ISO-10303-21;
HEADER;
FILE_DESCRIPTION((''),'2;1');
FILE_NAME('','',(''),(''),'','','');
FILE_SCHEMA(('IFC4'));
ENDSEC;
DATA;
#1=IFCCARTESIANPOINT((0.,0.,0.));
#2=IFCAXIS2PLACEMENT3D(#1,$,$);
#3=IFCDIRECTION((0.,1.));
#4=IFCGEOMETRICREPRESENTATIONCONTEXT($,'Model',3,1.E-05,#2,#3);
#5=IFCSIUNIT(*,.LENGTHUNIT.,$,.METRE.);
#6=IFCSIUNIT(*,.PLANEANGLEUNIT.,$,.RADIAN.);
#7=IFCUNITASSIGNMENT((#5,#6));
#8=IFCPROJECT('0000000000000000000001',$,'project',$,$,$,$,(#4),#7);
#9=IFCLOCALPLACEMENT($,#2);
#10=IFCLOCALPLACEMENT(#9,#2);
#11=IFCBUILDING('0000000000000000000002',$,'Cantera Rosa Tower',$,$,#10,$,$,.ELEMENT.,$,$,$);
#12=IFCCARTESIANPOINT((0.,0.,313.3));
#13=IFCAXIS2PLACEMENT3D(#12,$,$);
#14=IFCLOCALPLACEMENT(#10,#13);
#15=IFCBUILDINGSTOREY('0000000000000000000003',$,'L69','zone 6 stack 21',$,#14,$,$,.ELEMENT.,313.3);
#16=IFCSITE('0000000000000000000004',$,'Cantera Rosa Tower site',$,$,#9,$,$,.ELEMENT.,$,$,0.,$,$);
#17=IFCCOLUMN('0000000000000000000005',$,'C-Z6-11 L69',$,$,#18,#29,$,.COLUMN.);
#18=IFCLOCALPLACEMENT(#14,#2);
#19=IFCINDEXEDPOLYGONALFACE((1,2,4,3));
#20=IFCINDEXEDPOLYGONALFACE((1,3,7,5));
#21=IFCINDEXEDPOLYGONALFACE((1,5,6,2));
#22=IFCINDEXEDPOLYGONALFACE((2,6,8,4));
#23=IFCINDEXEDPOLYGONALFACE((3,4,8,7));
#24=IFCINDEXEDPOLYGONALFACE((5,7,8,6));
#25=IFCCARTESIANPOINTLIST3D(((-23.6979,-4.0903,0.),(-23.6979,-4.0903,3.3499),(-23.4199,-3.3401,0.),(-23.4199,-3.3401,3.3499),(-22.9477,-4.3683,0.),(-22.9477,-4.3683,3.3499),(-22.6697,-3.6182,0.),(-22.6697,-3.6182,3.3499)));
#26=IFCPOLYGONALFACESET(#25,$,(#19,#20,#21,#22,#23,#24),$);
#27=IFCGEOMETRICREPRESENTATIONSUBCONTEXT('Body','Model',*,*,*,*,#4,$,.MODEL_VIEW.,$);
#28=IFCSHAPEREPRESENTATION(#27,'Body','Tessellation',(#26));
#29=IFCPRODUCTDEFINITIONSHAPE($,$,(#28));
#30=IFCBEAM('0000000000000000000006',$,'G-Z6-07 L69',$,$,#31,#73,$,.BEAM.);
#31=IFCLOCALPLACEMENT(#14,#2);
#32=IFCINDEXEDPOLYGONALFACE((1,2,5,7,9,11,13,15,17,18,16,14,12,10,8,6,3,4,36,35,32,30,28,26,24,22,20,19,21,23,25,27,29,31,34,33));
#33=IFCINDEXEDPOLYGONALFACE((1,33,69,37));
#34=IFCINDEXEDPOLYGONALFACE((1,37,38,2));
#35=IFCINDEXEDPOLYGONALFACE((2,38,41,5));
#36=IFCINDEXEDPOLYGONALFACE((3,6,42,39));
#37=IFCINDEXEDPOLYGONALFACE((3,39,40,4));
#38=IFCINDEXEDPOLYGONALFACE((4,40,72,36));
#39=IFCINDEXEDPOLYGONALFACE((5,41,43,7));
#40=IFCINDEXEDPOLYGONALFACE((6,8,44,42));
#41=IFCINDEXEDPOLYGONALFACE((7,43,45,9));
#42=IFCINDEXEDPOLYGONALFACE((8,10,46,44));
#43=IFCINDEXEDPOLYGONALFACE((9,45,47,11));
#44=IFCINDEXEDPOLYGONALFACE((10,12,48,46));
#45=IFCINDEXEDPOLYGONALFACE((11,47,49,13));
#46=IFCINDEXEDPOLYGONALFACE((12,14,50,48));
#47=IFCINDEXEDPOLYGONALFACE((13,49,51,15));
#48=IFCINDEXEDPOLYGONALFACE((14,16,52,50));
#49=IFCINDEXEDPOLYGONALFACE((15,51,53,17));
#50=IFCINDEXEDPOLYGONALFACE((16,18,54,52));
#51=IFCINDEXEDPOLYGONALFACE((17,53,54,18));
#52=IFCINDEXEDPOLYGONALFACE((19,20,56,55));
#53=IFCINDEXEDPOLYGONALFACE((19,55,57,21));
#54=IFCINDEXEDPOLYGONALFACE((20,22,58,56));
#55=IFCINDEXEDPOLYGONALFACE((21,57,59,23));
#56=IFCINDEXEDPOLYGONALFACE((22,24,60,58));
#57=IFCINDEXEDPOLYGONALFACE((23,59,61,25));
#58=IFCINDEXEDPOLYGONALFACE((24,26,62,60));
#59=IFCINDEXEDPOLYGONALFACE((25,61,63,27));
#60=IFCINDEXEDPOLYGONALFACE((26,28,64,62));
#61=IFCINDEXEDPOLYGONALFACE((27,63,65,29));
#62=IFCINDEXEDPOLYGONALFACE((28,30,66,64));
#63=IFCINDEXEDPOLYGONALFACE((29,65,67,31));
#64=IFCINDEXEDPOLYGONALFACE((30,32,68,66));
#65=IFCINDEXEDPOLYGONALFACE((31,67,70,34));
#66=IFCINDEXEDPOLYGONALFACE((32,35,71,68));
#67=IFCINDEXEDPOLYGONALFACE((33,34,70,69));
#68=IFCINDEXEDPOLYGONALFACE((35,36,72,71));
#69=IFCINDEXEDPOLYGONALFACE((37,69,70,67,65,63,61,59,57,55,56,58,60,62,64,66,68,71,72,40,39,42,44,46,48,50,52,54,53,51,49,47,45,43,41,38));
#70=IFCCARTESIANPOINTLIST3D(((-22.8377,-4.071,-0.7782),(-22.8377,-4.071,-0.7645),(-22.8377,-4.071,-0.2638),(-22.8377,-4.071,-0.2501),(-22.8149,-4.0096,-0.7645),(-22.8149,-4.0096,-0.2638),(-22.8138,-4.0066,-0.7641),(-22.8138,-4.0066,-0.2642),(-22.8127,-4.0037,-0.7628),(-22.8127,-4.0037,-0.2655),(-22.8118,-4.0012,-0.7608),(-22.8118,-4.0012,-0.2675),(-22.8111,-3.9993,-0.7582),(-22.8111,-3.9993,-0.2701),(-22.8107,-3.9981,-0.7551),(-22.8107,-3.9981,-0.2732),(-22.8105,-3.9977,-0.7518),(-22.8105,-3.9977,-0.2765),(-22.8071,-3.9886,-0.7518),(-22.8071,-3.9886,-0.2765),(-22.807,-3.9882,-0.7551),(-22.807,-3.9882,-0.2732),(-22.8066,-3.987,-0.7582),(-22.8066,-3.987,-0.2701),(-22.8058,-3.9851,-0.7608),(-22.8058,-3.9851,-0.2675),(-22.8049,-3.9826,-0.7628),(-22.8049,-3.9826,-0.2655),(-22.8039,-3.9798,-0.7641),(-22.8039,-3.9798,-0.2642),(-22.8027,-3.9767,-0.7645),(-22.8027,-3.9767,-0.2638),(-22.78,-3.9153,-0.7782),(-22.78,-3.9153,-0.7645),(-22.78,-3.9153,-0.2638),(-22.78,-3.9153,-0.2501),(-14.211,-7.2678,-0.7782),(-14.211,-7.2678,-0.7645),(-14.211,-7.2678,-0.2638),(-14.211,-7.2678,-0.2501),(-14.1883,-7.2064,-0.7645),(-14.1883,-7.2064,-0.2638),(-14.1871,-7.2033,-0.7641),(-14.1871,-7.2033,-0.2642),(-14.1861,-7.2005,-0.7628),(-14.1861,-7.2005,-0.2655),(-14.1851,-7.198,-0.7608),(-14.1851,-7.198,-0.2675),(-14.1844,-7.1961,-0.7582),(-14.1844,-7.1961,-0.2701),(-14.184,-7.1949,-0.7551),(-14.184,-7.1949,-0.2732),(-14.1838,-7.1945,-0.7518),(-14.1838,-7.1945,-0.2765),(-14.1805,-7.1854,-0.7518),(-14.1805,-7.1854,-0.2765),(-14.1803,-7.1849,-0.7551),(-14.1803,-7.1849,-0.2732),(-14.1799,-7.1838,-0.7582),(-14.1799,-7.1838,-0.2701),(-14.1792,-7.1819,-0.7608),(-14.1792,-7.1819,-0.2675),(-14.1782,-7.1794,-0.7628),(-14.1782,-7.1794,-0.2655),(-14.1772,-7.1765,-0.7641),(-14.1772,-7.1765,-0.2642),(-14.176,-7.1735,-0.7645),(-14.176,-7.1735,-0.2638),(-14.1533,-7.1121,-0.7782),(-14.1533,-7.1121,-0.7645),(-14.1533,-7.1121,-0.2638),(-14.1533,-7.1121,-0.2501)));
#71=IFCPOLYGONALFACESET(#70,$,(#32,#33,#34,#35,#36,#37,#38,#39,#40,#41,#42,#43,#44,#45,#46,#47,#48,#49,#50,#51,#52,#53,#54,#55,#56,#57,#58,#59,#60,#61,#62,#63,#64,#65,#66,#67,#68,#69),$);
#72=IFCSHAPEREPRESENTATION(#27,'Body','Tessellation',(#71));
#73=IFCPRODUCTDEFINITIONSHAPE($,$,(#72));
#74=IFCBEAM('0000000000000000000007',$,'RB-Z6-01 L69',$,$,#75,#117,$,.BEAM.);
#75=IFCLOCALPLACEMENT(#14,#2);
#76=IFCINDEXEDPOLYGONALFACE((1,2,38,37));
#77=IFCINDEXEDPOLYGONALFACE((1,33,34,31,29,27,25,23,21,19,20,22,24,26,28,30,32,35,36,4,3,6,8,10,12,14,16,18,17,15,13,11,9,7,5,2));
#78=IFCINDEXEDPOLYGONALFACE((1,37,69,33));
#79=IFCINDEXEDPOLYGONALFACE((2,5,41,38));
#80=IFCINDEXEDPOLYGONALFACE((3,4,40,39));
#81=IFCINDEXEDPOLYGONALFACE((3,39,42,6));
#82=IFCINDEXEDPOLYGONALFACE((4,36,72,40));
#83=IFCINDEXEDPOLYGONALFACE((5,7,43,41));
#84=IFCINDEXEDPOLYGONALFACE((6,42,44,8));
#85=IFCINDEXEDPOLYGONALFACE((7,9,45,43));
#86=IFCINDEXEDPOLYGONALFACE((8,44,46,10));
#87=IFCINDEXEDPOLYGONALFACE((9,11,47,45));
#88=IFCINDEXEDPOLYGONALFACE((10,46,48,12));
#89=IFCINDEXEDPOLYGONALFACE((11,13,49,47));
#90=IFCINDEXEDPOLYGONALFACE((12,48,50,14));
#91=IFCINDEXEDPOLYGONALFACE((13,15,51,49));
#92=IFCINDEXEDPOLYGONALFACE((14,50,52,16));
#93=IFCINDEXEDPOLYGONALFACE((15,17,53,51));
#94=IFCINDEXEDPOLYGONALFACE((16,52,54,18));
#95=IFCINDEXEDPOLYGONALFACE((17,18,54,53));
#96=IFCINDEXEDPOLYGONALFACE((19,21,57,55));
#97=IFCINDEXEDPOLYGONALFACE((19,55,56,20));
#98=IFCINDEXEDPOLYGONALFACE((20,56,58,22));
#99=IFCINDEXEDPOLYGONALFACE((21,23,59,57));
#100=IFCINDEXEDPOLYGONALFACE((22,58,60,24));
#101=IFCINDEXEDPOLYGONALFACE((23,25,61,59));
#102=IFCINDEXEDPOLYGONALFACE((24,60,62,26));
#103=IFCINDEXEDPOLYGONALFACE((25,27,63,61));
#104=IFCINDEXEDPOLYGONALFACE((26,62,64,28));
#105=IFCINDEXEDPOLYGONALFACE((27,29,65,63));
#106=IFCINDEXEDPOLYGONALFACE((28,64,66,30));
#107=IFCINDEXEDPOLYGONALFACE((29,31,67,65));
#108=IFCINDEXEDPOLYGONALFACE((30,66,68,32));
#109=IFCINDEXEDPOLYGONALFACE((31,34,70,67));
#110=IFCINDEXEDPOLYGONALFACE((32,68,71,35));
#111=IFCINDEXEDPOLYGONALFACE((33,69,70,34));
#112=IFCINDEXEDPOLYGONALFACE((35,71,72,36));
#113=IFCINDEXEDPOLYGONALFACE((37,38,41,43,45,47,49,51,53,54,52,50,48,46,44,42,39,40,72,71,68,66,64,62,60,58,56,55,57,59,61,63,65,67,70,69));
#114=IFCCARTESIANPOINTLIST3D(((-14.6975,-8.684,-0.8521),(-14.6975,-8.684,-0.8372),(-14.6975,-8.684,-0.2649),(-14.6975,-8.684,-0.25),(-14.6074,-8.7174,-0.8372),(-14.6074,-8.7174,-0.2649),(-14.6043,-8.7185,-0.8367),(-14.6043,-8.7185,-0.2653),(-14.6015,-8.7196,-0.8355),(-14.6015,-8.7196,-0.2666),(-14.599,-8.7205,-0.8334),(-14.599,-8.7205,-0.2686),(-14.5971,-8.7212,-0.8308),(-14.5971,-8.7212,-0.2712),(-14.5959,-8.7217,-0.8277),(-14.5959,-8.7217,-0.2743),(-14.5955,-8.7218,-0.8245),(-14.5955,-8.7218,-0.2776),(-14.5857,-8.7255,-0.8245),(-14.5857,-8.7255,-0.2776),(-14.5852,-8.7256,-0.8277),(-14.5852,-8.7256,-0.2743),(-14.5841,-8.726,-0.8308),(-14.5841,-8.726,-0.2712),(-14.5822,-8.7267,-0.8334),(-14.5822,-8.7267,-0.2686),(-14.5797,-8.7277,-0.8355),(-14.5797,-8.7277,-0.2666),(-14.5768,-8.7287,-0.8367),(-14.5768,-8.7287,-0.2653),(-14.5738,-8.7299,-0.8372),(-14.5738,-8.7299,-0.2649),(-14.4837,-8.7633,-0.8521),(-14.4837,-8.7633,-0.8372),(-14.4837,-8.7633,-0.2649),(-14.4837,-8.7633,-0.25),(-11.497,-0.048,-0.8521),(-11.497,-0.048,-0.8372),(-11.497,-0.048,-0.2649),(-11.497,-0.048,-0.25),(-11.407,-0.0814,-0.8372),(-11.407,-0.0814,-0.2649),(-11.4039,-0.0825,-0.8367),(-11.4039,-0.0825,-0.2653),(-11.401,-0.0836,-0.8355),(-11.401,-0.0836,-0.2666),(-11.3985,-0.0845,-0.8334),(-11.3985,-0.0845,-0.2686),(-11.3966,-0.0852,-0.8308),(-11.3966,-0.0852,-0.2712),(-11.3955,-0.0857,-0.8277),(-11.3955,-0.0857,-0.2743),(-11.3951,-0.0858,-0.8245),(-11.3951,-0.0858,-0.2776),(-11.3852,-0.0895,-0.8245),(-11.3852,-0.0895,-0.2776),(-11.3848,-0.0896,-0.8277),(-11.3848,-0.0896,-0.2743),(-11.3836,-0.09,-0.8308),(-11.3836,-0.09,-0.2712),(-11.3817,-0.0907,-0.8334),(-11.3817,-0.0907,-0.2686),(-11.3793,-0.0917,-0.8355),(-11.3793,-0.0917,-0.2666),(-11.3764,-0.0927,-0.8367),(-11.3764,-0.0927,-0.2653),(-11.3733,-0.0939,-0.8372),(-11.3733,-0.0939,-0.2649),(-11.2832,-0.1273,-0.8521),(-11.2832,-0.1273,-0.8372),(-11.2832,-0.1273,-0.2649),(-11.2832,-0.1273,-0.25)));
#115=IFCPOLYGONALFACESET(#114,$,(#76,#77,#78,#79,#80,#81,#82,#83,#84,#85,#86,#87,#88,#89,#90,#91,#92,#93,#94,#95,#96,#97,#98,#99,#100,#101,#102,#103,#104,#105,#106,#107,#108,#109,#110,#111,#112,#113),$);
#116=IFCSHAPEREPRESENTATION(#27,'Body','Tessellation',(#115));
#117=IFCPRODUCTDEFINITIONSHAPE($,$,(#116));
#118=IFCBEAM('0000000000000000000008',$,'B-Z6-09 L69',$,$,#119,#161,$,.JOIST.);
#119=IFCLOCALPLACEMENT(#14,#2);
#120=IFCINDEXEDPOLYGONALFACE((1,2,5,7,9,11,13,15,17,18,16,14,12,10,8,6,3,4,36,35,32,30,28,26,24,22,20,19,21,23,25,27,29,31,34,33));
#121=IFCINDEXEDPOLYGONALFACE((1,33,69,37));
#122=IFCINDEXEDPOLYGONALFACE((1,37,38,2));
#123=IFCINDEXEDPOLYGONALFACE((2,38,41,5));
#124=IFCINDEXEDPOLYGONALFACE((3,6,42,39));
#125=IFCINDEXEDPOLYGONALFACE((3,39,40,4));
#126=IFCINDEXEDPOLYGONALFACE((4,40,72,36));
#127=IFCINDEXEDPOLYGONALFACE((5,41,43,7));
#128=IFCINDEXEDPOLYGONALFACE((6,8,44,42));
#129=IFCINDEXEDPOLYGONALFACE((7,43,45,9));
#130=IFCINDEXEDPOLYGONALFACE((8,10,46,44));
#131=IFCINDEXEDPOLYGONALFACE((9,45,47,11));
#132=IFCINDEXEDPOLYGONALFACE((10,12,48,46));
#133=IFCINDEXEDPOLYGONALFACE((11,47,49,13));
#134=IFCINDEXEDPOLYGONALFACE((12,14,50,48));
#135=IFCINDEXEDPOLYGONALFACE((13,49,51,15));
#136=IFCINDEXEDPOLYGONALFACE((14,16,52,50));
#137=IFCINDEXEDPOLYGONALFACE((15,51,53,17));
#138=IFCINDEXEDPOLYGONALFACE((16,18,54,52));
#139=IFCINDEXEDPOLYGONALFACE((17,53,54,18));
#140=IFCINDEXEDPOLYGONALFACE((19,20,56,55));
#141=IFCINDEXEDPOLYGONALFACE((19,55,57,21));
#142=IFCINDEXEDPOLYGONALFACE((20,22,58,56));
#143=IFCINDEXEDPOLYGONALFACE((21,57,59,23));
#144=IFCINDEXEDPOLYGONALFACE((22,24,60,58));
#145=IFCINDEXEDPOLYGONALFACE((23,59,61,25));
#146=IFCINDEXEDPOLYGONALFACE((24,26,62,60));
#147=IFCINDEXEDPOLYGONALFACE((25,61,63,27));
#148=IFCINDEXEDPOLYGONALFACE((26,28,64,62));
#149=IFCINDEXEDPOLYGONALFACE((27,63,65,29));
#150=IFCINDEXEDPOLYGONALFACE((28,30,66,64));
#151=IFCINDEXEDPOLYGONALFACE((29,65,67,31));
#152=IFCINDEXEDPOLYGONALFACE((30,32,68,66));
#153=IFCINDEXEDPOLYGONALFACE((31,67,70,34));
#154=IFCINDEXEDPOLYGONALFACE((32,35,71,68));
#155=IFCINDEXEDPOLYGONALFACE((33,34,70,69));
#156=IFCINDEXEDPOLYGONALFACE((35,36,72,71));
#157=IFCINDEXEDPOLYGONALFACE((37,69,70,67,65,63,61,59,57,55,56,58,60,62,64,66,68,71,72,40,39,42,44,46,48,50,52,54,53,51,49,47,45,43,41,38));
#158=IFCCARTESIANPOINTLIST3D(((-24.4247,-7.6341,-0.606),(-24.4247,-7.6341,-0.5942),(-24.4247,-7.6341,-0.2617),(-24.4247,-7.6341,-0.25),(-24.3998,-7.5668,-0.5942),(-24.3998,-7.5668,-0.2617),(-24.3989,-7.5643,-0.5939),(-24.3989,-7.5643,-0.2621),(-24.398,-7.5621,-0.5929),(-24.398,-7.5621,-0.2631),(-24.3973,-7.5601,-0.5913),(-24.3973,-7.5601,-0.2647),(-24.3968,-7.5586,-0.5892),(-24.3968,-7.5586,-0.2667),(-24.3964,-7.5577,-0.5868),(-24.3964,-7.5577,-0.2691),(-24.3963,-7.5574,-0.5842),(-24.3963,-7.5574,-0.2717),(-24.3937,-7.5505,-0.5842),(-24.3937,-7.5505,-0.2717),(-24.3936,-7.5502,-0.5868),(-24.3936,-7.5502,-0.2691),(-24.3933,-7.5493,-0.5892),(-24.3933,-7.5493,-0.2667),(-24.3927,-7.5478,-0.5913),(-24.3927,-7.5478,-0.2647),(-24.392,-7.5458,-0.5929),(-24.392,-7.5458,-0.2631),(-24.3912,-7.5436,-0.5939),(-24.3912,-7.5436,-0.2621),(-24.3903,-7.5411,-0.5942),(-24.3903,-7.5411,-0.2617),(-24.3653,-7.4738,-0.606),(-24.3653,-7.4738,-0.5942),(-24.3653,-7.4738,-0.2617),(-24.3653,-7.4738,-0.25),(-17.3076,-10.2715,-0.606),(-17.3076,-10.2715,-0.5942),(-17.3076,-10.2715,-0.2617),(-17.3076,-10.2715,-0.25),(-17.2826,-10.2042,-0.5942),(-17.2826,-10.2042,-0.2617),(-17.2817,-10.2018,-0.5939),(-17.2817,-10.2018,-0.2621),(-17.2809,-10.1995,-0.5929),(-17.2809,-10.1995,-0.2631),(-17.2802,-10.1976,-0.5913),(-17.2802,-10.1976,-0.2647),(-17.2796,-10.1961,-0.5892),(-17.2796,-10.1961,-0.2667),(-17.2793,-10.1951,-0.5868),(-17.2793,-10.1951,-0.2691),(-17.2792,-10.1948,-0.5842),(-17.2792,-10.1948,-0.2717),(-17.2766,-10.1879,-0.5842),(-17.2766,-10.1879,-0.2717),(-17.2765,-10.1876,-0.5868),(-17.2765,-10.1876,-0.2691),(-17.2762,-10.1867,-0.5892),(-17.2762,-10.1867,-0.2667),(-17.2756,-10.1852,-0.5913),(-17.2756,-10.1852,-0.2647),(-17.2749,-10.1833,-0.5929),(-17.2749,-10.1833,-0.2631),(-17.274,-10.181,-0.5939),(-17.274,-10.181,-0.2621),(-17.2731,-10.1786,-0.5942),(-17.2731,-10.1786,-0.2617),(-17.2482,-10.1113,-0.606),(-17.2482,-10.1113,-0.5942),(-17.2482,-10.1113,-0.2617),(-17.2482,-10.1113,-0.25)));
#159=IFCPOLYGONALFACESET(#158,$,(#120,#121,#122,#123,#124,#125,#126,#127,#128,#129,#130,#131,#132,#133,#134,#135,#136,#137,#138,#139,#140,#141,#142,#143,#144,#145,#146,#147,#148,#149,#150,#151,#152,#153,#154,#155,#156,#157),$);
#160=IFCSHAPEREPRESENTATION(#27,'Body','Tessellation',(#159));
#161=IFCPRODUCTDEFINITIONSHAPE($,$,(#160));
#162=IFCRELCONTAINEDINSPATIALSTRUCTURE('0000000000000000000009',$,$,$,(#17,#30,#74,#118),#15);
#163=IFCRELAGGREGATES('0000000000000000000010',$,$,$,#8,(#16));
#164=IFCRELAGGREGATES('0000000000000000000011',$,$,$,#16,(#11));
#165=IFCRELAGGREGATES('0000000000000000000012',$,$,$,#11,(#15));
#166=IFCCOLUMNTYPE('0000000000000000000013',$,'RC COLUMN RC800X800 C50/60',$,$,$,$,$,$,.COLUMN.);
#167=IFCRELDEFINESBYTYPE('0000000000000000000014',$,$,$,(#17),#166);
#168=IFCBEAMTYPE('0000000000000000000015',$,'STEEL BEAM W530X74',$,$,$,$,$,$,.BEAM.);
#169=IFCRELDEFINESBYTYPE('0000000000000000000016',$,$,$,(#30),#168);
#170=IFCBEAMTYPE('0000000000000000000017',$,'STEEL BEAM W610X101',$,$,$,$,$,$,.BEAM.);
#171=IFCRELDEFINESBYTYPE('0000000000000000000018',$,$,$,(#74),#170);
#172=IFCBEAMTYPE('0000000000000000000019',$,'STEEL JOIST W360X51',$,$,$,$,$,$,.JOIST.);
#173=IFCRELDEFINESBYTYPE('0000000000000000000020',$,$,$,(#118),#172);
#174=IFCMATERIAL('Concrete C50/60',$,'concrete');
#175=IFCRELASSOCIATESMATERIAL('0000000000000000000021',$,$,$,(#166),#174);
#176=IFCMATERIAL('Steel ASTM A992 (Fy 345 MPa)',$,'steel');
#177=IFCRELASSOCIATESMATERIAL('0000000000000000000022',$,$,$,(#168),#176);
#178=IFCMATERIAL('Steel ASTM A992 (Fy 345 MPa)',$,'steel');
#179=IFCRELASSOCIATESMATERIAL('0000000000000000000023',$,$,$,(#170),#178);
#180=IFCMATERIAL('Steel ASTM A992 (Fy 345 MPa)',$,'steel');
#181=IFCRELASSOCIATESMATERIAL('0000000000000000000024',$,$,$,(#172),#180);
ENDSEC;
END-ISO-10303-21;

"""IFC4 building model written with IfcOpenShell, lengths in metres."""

from ifc_helpers import new_model, si_unit, direction, frame, origin, origin_2d, place, context, subcontext, project, spatial, rectangle, i_section, extrude, material, material_profile, profile_set, type_object, element, save


model = new_model("IFC4")

# Units and contexts
model_context = context("Model", 3, precision=1e-05, world=origin(), true_north=direction((0.0, 1.0)))
body_context = subcontext(model_context, "Body", "Model", "MODEL_VIEW")
ifc_project = project(units=[si_unit("LENGTHUNIT", "METRE"), si_unit("PLANEANGLEUNIT", "RADIAN")], contexts=[model_context])

# Site, building, storey
site_placement = place(None, origin())
site = spatial("IfcSite", under=ifc_project, at=site_placement, Name="Cantera Rosa Tower site", CompositionType="ELEMENT", RefElevation=0.0)
building_placement = place(site_placement, origin())
building = spatial("IfcBuilding", under=site, at=building_placement, Name="Cantera Rosa Tower", CompositionType="ELEMENT")
storey_placement = place(building_placement, frame((0.0, 0.0, 313.3)))
storey = spatial("IfcBuildingStorey", under=building, at=storey_placement, Name="L69", Description="zone 6 stack 21", CompositionType="ELEMENT", Elevation=313.3)

# Column
ifc_material_1 = material(Name="Concrete C50/60", Category="concrete")
ifc_material_profile_1 = material_profile(ifc_material_1, rectangle(XDim=0.8, YDim=0.8, at=origin_2d()), Name="RC COLUMN RC800X800 C50/60")
ifc_profile_set_1 = profile_set([ifc_material_profile_1], Name="Concrete C50/60")
column_type = type_object("IfcColumnType", Name="RC COLUMN RC800X800 C50/60", PredefinedType="COLUMN", material=ifc_profile_set_1)
column_placement = place(storey_placement, frame((-23.1838, -3.8542, 0.0), z_axis=(0.0, 0.0, 1.0), x_axis=(0.347481, 0.937687, 0.0)))
element("IfcColumn", 1, at=column_placement, inside=storey, type_object=column_type, Name="C-Z6-11 L69", PredefinedType="COLUMN", context=body_context, shape_type="SweptSolid", body=[
    extrude(rectangle(XDim=0.8, YDim=0.8, at=origin_2d()), origin(), (0.0, 0.0, 1.0), 3.3499),
])

# Beams
ifc_material_2 = material(Name="Steel ASTM A992 (Fy 345 MPa)", Category="steel")
ifc_material_profile_2 = material_profile(ifc_material_2, i_section(OverallWidth=0.166, OverallDepth=0.5281, WebThickness=0.0098, FlangeThickness=0.0137, FilletRadius=0.0127, at=origin_2d()), Name="W530X74")
ifc_profile_set_2 = profile_set([ifc_material_profile_2], Name="Steel ASTM A992 (Fy 345 MPa)")
beam_type_1 = type_object("IfcBeamType", Name="STEEL BEAM W530X74", PredefinedType="BEAM", material=ifc_profile_set_2)
beam_1_placement = place(storey_placement, frame((-22.8088, -3.9932, -0.5142), z_axis=(0.937689, -0.347477, 0.0), x_axis=(0.347477, 0.937689, 0.0)))
element("IfcBeam", 2, at=beam_1_placement, inside=storey, type_object=beam_type_1, Name="G-Z6-07 L69", PredefinedType="BEAM", context=body_context, shape_type="SweptSolid", body=[
    extrude(i_section(OverallWidth=0.166, OverallDepth=0.5281, WebThickness=0.0098, FlangeThickness=0.0137, FilletRadius=0.0127, at=origin_2d()), origin(), (0.0, 0.0, 1.0), 9.2),
])
ifc_material_3 = material(Name="Steel ASTM A992 (Fy 345 MPa)", Category="steel")
ifc_material_profile_3 = material_profile(ifc_material_3, i_section(OverallWidth=0.228, OverallDepth=0.6021, WebThickness=0.0105, FlangeThickness=0.0149, FilletRadius=0.0127, at=origin_2d()), Name="W610X101")
ifc_profile_set_3 = profile_set([ifc_material_profile_3], Name="Steel ASTM A992 (Fy 345 MPa)")
beam_type_2 = type_object("IfcBeamType", Name="STEEL BEAM W610X101", PredefinedType="BEAM", material=ifc_profile_set_3)
beam_2_placement = place(storey_placement, frame((-14.5906, -8.7236, -0.551), z_axis=(0.347498, 0.937681, 0.0), x_axis=(-0.937681, 0.347498, 0.0)))
element("IfcBeam", 3, at=beam_2_placement, inside=storey, type_object=beam_type_2, Name="RB-Z6-01 L69", PredefinedType="BEAM", context=body_context, shape_type="SweptSolid", body=[
    extrude(i_section(OverallWidth=0.228, OverallDepth=0.6021, WebThickness=0.0105, FlangeThickness=0.0149, FilletRadius=0.0127, at=origin_2d()), origin(), (0.0, 0.0, 1.0), 9.21),
])
ifc_material_4 = material(Name="Steel ASTM A992 (Fy 345 MPa)", Category="steel")
ifc_material_profile_4 = material_profile(ifc_material_4, i_section(OverallWidth=0.1709, OverallDepth=0.356, WebThickness=0.0073, FlangeThickness=0.0117, FilletRadius=0.01, at=origin_2d()), Name="W360X51")
ifc_profile_set_4 = profile_set([ifc_material_profile_4], Name="Steel ASTM A992 (Fy 345 MPa)")
beam_type_3 = type_object("IfcBeamType", Name="STEEL JOIST W360X51", PredefinedType="JOIST", material=ifc_profile_set_4)
beam_3_placement = place(storey_placement, frame((-24.395, -7.554, -0.428), z_axis=(0.937686, -0.347483, 0.0), x_axis=(0.347483, 0.937686, 0.0)))
element("IfcBeam", 4, at=beam_3_placement, inside=storey, type_object=beam_type_3, Name="B-Z6-09 L69", PredefinedType="JOIST", context=body_context, shape_type="SweptSolid", body=[
    extrude(i_section(OverallWidth=0.1709, OverallDepth=0.356, WebThickness=0.0073, FlangeThickness=0.0117, FilletRadius=0.01, at=origin_2d()), origin(), (0.0, 0.0, 1.0), 7.5901),
])

save(model, "model.ifc")
